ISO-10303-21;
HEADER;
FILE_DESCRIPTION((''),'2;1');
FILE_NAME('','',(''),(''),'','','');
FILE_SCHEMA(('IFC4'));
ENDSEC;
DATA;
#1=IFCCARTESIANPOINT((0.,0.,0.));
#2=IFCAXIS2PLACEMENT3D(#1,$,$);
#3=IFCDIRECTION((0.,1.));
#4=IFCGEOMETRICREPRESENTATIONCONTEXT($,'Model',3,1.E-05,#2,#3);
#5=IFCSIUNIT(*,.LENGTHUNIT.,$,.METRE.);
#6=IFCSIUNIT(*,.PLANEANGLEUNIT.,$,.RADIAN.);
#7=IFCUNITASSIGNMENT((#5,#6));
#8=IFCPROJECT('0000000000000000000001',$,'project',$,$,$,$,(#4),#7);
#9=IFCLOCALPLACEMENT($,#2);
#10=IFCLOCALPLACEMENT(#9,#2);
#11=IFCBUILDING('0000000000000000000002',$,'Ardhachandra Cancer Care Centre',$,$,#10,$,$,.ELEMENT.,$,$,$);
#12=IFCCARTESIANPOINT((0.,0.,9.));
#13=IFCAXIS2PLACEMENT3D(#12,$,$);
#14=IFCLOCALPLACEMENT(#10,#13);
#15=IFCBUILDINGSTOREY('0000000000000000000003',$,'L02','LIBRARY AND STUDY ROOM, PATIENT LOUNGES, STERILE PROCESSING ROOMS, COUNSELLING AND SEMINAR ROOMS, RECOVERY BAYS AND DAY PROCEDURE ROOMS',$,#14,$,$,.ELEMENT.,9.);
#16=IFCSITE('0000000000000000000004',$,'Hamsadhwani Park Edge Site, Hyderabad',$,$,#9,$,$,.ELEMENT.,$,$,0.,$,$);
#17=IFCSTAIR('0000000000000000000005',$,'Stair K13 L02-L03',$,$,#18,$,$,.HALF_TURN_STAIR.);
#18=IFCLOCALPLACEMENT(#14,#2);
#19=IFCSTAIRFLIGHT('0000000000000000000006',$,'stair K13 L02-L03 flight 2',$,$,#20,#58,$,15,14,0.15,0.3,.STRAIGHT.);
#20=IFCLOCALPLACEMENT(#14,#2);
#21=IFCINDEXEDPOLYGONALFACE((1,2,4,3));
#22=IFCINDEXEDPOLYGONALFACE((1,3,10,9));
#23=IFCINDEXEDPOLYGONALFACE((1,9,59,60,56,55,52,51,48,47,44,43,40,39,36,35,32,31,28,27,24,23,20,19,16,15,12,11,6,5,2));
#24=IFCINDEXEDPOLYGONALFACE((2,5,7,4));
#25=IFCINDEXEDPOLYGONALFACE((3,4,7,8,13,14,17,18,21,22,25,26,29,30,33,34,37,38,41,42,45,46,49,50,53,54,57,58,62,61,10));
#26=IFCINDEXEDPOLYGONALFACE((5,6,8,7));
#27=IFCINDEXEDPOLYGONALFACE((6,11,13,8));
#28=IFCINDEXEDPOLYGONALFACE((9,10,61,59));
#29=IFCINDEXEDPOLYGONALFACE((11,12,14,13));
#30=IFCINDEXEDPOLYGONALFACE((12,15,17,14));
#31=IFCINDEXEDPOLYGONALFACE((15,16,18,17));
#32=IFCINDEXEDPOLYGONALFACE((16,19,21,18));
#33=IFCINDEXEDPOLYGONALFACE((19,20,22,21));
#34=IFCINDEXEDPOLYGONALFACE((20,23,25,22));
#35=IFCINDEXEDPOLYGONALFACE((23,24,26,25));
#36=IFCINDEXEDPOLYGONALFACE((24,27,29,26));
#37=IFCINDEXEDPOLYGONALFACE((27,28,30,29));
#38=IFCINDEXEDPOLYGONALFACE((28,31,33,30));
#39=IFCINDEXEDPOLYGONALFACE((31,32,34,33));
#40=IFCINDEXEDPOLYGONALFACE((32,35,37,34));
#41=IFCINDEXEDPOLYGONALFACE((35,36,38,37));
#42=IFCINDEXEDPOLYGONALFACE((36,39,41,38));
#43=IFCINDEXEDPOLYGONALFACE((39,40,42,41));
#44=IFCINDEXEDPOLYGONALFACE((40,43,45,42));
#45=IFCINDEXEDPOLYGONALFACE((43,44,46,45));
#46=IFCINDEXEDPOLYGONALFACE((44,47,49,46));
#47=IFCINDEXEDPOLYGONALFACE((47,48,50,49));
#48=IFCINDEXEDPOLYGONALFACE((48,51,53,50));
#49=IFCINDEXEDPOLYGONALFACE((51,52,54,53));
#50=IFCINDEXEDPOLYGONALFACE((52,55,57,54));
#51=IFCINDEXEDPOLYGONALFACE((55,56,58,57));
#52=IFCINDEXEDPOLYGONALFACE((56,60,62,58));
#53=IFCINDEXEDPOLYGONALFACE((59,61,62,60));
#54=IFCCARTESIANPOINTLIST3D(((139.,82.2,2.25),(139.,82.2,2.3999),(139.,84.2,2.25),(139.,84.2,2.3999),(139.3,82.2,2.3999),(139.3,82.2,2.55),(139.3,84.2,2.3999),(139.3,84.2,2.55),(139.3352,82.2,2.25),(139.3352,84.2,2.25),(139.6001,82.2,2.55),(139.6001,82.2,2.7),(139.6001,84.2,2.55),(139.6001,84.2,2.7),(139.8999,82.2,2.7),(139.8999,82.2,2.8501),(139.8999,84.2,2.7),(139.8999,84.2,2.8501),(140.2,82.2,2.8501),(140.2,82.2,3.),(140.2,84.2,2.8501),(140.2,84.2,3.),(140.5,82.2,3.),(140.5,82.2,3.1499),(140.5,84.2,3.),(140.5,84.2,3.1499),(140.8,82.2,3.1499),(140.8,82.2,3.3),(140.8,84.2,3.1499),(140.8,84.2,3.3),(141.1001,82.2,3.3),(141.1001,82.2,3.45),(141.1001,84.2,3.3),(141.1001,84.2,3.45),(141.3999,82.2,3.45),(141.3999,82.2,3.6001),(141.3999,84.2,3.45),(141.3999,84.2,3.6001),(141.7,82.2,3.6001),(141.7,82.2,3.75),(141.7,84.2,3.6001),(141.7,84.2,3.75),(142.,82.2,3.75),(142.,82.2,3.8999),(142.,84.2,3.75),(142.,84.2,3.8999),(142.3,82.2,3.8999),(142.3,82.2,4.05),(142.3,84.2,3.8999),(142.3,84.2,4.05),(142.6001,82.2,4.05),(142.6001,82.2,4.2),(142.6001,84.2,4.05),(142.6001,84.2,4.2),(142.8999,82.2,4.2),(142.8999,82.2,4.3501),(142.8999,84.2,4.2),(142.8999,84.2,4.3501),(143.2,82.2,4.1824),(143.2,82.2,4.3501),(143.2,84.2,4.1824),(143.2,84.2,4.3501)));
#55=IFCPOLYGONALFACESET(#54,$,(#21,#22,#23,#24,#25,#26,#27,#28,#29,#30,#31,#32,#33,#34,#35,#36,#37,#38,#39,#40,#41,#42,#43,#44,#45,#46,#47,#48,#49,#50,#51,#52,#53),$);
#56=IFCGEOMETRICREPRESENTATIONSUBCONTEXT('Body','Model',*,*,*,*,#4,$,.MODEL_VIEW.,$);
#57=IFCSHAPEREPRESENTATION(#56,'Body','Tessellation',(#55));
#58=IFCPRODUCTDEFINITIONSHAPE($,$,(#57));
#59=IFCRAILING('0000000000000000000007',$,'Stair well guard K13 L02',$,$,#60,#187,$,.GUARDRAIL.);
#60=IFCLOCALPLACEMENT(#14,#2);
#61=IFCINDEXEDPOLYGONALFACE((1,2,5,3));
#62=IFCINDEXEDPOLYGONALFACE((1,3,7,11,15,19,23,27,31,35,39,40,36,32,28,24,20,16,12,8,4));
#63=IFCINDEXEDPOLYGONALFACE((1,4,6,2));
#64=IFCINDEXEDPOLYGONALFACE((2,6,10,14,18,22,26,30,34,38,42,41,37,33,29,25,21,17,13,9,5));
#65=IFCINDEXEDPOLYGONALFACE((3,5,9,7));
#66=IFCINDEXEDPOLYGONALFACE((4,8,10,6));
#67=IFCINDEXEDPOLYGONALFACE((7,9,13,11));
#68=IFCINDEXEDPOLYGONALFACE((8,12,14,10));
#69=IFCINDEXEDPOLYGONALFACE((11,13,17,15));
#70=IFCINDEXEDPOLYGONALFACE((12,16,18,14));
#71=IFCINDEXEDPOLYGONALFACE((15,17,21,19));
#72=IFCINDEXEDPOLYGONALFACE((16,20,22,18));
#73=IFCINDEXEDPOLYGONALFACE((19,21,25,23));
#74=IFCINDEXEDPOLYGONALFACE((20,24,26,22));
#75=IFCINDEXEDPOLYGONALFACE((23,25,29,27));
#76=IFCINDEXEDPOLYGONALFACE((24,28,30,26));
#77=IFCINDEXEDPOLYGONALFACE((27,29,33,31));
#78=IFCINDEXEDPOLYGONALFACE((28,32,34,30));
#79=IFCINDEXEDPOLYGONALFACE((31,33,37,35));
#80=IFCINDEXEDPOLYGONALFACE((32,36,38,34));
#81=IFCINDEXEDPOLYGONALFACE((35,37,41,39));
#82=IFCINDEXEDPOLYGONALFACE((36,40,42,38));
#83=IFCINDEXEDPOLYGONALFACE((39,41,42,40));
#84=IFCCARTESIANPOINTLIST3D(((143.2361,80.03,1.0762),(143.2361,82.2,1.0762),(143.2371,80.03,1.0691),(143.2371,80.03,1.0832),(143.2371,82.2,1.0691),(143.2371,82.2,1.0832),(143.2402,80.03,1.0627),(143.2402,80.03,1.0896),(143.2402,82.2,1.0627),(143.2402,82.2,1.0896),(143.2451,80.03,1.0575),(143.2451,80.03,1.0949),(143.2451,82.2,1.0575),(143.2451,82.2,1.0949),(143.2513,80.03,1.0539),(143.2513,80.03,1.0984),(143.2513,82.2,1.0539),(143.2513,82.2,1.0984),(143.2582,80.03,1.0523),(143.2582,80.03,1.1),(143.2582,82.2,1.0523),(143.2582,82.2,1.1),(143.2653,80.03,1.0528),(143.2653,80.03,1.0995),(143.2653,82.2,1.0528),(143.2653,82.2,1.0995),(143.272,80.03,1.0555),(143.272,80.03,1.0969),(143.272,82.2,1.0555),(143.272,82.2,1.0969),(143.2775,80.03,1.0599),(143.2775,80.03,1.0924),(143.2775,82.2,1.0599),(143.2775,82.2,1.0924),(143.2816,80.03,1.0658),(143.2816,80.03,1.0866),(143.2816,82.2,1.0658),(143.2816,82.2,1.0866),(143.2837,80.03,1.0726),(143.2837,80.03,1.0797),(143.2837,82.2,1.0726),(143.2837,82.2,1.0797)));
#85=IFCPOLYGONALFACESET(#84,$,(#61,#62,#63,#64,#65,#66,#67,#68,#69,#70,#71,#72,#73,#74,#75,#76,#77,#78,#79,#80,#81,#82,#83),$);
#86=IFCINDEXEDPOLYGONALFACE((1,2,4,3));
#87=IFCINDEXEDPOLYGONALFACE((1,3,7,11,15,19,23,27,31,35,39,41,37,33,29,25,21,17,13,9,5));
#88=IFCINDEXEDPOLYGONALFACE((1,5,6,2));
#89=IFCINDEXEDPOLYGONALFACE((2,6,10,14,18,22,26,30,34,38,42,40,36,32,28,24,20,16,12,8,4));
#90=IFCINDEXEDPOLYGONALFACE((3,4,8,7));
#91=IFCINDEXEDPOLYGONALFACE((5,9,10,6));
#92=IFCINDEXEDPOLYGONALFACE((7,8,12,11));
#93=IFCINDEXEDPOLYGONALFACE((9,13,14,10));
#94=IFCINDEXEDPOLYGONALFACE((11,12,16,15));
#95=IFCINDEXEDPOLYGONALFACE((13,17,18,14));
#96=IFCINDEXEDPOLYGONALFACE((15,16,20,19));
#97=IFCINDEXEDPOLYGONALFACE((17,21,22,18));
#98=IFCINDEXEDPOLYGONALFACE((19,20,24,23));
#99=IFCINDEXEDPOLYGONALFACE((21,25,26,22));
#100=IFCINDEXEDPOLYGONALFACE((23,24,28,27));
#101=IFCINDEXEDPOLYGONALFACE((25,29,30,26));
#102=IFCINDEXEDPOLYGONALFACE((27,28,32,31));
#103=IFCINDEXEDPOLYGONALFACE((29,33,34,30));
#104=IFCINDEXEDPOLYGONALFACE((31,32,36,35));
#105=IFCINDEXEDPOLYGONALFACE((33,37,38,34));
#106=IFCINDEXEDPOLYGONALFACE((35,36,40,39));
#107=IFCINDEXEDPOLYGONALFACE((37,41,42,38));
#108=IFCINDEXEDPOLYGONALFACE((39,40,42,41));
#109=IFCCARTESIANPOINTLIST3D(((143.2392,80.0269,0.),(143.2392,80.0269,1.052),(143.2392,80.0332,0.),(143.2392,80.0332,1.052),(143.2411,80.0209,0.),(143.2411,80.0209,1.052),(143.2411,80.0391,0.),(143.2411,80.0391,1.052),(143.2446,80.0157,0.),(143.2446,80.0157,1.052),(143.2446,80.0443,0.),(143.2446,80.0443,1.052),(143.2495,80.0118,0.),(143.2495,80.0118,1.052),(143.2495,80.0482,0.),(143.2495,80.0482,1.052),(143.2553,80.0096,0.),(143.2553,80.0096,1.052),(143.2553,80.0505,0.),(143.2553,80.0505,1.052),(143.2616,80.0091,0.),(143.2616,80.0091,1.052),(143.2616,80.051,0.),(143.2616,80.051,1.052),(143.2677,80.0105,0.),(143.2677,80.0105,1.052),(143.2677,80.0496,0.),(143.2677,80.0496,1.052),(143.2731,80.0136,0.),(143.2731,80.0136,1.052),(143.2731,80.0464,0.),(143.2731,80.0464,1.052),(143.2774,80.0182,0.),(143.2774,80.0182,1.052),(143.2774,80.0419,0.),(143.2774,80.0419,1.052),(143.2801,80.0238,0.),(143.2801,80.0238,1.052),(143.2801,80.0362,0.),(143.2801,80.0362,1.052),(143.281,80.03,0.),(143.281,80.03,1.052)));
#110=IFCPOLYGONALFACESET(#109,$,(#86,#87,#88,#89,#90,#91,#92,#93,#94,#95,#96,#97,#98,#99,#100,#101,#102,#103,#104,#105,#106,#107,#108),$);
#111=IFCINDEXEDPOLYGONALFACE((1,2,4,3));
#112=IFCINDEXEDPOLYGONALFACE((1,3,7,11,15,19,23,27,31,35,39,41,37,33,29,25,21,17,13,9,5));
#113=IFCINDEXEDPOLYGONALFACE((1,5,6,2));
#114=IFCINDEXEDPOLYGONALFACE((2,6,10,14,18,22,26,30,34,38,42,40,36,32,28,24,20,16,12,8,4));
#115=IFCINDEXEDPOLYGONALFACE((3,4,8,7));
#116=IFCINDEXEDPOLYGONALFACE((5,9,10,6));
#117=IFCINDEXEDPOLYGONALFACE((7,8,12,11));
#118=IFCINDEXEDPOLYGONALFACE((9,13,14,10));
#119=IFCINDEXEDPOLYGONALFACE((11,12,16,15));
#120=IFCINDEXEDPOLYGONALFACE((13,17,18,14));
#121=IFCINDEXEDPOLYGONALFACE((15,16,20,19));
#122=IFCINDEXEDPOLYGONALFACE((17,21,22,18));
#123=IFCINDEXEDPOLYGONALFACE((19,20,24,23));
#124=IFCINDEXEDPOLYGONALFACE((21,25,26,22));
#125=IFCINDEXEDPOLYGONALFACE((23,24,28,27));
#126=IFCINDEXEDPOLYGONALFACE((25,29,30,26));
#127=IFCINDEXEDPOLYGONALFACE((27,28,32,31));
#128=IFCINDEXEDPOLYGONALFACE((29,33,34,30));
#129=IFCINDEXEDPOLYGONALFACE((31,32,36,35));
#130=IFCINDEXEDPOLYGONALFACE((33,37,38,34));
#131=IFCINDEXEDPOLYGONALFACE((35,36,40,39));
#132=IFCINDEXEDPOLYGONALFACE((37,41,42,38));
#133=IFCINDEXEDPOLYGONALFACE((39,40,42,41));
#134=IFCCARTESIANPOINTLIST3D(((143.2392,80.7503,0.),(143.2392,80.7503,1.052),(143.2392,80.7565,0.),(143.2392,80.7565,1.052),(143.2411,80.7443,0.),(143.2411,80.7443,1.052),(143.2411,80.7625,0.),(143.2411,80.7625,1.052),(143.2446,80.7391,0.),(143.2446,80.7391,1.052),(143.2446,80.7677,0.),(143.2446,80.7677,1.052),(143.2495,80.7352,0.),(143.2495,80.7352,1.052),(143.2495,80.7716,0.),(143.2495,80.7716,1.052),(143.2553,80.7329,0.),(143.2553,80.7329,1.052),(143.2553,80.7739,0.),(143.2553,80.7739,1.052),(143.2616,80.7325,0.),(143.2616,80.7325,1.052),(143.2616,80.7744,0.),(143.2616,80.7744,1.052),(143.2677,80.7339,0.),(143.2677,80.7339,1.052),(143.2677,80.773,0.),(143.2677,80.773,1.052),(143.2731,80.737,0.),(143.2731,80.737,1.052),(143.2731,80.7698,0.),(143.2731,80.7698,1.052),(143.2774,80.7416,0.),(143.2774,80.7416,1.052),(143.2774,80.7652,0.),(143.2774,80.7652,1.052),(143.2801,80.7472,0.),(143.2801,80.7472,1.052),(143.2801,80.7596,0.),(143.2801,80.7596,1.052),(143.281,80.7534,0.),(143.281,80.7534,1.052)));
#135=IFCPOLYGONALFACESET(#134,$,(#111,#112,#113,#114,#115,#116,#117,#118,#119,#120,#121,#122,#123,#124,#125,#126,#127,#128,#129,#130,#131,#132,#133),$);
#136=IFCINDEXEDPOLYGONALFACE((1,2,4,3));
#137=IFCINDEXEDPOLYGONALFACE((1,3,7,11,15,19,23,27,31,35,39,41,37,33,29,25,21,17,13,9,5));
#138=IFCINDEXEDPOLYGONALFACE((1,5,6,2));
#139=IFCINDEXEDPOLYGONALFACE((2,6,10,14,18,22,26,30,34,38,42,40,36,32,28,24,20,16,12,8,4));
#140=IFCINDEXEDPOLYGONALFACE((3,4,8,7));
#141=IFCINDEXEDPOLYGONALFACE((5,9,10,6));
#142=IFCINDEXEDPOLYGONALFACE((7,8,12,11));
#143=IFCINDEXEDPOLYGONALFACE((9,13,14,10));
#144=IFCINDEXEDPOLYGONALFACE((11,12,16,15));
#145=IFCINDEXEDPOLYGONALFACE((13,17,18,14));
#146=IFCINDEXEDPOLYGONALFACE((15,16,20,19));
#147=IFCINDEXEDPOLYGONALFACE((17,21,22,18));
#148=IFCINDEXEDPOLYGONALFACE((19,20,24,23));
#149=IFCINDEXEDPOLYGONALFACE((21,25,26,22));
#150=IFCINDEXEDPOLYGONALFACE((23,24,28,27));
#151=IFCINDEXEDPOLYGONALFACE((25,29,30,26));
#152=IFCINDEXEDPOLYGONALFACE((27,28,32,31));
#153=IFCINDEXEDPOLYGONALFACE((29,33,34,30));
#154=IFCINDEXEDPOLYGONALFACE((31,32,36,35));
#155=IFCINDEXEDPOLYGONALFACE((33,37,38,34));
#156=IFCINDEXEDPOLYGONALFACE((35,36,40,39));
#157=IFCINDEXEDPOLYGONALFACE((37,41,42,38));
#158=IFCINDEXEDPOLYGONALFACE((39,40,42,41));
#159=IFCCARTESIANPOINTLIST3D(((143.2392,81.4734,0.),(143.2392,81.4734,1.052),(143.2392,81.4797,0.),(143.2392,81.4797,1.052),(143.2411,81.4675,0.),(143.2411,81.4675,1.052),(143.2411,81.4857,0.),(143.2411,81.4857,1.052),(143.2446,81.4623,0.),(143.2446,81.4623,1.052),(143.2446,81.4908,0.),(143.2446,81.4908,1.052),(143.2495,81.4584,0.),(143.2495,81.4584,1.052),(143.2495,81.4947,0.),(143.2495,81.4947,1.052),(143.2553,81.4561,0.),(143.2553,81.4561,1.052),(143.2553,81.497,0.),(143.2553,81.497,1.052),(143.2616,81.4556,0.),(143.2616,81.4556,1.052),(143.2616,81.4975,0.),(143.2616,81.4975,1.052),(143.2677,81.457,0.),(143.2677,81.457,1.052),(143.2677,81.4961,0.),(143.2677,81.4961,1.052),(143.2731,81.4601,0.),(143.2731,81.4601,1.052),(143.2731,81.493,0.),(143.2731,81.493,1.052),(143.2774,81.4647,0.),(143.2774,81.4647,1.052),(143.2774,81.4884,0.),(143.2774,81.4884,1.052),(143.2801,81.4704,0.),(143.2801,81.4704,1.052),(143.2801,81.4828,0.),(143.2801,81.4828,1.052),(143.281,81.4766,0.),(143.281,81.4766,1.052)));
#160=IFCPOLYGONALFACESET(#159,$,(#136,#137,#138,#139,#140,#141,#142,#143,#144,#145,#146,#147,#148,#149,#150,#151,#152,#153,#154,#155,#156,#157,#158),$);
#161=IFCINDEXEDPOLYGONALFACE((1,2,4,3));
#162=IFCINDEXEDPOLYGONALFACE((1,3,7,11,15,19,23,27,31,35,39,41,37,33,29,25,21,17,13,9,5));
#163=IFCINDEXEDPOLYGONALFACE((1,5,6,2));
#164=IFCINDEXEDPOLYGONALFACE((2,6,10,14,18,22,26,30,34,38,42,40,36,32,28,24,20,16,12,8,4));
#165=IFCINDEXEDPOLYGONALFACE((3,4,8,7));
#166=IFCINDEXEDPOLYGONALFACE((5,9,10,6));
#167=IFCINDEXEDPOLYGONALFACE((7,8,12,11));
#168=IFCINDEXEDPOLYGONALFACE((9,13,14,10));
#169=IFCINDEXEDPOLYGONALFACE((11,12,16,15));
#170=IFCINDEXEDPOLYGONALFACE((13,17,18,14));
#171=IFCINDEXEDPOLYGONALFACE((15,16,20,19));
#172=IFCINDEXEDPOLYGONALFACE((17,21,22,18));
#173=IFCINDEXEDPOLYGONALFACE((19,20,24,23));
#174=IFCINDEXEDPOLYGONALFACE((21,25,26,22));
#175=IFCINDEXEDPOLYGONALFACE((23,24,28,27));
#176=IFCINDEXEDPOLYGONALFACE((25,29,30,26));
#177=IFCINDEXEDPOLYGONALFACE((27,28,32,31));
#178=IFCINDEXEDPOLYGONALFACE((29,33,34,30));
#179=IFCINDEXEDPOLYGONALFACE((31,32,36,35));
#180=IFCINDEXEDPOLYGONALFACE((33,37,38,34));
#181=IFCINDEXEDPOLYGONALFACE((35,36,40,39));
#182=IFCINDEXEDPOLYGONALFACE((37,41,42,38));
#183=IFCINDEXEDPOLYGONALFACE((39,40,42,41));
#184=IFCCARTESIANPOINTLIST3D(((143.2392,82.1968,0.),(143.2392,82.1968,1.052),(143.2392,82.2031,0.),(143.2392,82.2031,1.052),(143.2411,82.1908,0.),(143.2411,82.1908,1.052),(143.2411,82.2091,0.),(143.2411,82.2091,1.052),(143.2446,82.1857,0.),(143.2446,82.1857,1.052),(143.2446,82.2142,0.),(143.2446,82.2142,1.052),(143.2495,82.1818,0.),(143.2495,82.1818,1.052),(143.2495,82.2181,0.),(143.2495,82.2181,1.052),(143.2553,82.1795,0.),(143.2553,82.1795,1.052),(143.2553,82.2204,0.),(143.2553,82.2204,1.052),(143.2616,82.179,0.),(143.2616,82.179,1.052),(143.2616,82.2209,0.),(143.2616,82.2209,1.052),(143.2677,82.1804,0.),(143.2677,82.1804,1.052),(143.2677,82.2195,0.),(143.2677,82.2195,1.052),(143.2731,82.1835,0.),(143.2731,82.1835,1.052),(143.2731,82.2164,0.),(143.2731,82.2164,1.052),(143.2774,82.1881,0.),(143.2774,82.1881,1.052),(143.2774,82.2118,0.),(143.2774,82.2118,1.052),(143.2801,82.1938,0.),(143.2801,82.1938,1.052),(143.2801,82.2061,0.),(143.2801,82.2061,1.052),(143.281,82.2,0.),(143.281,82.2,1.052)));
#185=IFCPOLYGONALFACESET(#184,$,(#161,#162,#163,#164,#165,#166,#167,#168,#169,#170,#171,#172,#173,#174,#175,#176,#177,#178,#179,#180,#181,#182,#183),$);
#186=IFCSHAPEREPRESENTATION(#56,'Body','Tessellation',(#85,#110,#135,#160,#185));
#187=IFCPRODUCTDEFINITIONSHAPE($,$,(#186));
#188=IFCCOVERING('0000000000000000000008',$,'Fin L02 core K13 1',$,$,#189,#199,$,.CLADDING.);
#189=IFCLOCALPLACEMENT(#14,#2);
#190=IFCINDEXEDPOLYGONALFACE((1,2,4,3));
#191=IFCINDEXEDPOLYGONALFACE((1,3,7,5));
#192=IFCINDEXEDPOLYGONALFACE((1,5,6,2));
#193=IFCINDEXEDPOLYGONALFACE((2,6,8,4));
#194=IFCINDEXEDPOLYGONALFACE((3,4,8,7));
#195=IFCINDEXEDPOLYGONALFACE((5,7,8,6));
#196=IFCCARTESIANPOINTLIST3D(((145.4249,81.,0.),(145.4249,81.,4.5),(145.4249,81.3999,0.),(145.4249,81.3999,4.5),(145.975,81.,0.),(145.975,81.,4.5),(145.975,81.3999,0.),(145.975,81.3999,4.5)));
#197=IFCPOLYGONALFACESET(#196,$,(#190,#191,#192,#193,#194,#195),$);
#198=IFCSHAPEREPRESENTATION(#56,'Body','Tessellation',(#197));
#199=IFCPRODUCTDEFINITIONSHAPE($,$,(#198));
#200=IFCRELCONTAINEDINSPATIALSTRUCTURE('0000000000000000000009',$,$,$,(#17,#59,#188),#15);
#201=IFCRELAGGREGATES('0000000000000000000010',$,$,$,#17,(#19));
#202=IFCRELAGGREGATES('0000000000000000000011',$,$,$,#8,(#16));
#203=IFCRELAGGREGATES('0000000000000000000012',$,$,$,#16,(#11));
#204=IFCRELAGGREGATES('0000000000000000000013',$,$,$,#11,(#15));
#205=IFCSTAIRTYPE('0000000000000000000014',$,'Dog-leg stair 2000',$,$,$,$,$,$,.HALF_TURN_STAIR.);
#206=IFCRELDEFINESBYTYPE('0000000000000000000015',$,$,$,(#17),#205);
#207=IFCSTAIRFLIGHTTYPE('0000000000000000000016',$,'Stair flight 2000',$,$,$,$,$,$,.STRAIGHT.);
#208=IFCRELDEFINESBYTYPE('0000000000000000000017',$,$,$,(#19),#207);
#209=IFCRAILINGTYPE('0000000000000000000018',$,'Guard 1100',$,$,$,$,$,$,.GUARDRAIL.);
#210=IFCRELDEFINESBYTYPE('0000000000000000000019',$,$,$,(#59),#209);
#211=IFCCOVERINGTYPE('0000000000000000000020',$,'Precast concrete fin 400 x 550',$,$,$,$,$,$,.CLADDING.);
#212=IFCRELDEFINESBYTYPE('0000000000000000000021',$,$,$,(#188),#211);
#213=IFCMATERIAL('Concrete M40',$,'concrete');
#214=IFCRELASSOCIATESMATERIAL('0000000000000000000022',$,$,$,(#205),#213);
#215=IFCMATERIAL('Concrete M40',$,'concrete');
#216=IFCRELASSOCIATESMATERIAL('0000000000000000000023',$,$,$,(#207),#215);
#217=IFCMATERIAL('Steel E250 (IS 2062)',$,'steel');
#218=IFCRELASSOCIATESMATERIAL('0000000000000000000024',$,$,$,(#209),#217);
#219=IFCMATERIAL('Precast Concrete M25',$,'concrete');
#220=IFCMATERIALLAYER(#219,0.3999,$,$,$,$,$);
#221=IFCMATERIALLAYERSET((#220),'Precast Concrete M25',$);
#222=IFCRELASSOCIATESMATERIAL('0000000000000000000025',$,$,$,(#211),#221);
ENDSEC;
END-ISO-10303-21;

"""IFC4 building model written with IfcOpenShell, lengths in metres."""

from ifc_helpers import new_model, si_unit, direction, frame, origin, origin_2d, place, context, subcontext, project, spatial, polyline, rectangle, circle, outline, extrude, material, layer, layer_set, type_object, element, aggregate, save


model = new_model("IFC4")

# Units and contexts
model_context = context("Model", 3, precision=1e-05, world=origin(), true_north=direction((0.0, 1.0)))
body_context = subcontext(model_context, "Body", "Model", "MODEL_VIEW")
ifc_project = project(units=[si_unit("LENGTHUNIT", "METRE"), si_unit("PLANEANGLEUNIT", "RADIAN")], contexts=[model_context])

# Site, building, storey
site_placement = place(None, origin())
site = spatial("IfcSite", under=ifc_project, at=site_placement, Name="Hamsadhwani Park Edge Site, Hyderabad", CompositionType="ELEMENT", RefElevation=0.0)
building_placement = place(site_placement, origin())
building = spatial("IfcBuilding", under=site, at=building_placement, Name="Ardhachandra Cancer Care Centre", CompositionType="ELEMENT")
storey_placement = place(building_placement, frame((0.0, 0.0, 9.0)))
storey = spatial("IfcBuildingStorey", under=building, at=storey_placement, Name="L02", Description="LIBRARY AND STUDY ROOM, PATIENT LOUNGES, STERILE PROCESSING ROOMS, COUNSELLING AND SEMINAR ROOMS, RECOVERY BAYS AND DAY PROCEDURE ROOMS", CompositionType="ELEMENT", Elevation=9.0)

# Stair, stair flight
ifc_material_1 = material(Name="Concrete M40", Category="concrete")
stair_type = type_object("IfcStairType", Name="Dog-leg stair 2000", PredefinedType="HALF_TURN_STAIR", material=ifc_material_1)
stair_placement = place(storey_placement, origin())
stair = element("IfcStair", 1, at=stair_placement, inside=storey, type_object=stair_type, Name="Stair K13 L02-L03", PredefinedType="HALF_TURN_STAIR")
ifc_material_2 = material(Name="Concrete M40", Category="concrete")
stair_flight_type = type_object("IfcStairFlightType", Name="Stair flight 2000", PredefinedType="STRAIGHT", material=ifc_material_2)
stair_flight_1_placement = place(storey_placement, frame((139.0, 83.2, 2.25), z_axis=(0.0, 0.0, 1.0), x_axis=(1.0, 0.0, 0.0)))
stair_flight_1 = element("IfcStairFlight", 2, at=stair_flight_1_placement, type_object=stair_flight_type, Name="stair K13 L02-L03 flight 2", NumberOfRisers=15, NumberOfTreads=14, PredefinedType="STRAIGHT", RiserHeight=0.15, TreadLength=0.3, context=body_context, shape_type="SweptSolid", body=[
    extrude(outline(polyline([(0.0, 0.0), (0.0, 0.1499), (0.3, 0.1499), (0.3, 0.3), (0.6001, 0.3), (0.6001, 0.45), (0.8999, 0.45), (0.8999, 0.6001), (1.2, 0.6001), (1.2, 0.75), (1.5, 0.75), (1.5, 0.8999), (1.8, 0.8999), (1.8, 1.05), (2.1001, 1.05), (2.1001, 1.2), (2.3999, 1.2), (2.3999, 1.3501), (2.7, 1.3501), (2.7, 1.5), (3.0, 1.5), (3.0, 1.6499), (3.3, 1.6499), (3.3, 1.8), (3.6001, 1.8), (3.6001, 1.95), (3.8999, 1.95), (3.8999, 2.1001), (4.2, 2.1001), (4.2, 2.25), (4.2, 1.9324), (0.3352, 0.0), (0.0, 0.0)])), frame((0.0, 1.0, 0.0), z_axis=(0.0, -1.0, 0.0), x_axis=(1.0, 0.0, 0.0)), (0.0, 0.0, 1.0), 2.0),
])
aggregate(stair, [stair_flight_1])

# Railing
ifc_material_3 = material(Name="Steel E250 (IS 2062)", Category="steel")
railing_type_1 = type_object("IfcRailingType", Name="Guard 1100", PredefinedType="GUARDRAIL", material=ifc_material_3)
railing_1_placement = place(storey_placement, frame((143.26, 80.03, 0.0)))
element("IfcRailing", 3, at=railing_1_placement, inside=storey, type_object=railing_type_1, Name="Stair well guard K13 L02", PredefinedType="GUARDRAIL", context=body_context, shape_type="SweptSolid", body=[
    extrude(circle(Radius=0.0239, at=origin_2d()), frame((0.0, 0.0, 1.0762), z_axis=(0.0, 1.0, 0.0), x_axis=(-1.0, 0.0, 0.0)), (0.0, 0.0, 1.0), 2.1699),
    extrude(circle(Radius=0.021, at=origin_2d()), origin(), (0.0, 0.0, 1.0), 1.052),
    extrude(circle(Radius=0.021, at=origin_2d()), frame((0.0, 0.7234, 0.0)), (0.0, 0.0, 1.0), 1.052),
    extrude(circle(Radius=0.021, at=origin_2d()), frame((0.0, 1.4465, 0.0)), (0.0, 0.0, 1.0), 1.052),
    extrude(circle(Radius=0.021, at=origin_2d()), frame((0.0, 2.1699, 0.0)), (0.0, 0.0, 1.0), 1.052),
])

# Covering
ifc_material_4 = material(Name="Precast Concrete M25", Category="concrete")
ifc_layer_1 = layer(ifc_material_4, 0.3999)
ifc_layer_set_1 = layer_set([ifc_layer_1], Name="Precast Concrete M25")
covering_type = type_object("IfcCoveringType", Name="Precast concrete fin 400 x 550", PredefinedType="CLADDING", material=ifc_layer_set_1)
for number, where, z_axis, x_axis, name in (
    (4, (145.7, 81.2, 0.0), (0.0, 0.0, 1.0), (0.0, 1.0, 0.0), "Fin L02 core K13 1"),
):
    element("IfcCovering", number, at=place(storey_placement, frame(where, z_axis=z_axis, x_axis=x_axis)), inside=storey, type_object=covering_type, Name=name, PredefinedType="CLADDING", context=body_context, shape_type="SweptSolid", body=[
        extrude(rectangle(XDim=0.3999, YDim=0.55, at=origin_2d()), origin(), (0.0, 0.0, 1.0), 4.5),
    ])

save(model, "model.ifc")
